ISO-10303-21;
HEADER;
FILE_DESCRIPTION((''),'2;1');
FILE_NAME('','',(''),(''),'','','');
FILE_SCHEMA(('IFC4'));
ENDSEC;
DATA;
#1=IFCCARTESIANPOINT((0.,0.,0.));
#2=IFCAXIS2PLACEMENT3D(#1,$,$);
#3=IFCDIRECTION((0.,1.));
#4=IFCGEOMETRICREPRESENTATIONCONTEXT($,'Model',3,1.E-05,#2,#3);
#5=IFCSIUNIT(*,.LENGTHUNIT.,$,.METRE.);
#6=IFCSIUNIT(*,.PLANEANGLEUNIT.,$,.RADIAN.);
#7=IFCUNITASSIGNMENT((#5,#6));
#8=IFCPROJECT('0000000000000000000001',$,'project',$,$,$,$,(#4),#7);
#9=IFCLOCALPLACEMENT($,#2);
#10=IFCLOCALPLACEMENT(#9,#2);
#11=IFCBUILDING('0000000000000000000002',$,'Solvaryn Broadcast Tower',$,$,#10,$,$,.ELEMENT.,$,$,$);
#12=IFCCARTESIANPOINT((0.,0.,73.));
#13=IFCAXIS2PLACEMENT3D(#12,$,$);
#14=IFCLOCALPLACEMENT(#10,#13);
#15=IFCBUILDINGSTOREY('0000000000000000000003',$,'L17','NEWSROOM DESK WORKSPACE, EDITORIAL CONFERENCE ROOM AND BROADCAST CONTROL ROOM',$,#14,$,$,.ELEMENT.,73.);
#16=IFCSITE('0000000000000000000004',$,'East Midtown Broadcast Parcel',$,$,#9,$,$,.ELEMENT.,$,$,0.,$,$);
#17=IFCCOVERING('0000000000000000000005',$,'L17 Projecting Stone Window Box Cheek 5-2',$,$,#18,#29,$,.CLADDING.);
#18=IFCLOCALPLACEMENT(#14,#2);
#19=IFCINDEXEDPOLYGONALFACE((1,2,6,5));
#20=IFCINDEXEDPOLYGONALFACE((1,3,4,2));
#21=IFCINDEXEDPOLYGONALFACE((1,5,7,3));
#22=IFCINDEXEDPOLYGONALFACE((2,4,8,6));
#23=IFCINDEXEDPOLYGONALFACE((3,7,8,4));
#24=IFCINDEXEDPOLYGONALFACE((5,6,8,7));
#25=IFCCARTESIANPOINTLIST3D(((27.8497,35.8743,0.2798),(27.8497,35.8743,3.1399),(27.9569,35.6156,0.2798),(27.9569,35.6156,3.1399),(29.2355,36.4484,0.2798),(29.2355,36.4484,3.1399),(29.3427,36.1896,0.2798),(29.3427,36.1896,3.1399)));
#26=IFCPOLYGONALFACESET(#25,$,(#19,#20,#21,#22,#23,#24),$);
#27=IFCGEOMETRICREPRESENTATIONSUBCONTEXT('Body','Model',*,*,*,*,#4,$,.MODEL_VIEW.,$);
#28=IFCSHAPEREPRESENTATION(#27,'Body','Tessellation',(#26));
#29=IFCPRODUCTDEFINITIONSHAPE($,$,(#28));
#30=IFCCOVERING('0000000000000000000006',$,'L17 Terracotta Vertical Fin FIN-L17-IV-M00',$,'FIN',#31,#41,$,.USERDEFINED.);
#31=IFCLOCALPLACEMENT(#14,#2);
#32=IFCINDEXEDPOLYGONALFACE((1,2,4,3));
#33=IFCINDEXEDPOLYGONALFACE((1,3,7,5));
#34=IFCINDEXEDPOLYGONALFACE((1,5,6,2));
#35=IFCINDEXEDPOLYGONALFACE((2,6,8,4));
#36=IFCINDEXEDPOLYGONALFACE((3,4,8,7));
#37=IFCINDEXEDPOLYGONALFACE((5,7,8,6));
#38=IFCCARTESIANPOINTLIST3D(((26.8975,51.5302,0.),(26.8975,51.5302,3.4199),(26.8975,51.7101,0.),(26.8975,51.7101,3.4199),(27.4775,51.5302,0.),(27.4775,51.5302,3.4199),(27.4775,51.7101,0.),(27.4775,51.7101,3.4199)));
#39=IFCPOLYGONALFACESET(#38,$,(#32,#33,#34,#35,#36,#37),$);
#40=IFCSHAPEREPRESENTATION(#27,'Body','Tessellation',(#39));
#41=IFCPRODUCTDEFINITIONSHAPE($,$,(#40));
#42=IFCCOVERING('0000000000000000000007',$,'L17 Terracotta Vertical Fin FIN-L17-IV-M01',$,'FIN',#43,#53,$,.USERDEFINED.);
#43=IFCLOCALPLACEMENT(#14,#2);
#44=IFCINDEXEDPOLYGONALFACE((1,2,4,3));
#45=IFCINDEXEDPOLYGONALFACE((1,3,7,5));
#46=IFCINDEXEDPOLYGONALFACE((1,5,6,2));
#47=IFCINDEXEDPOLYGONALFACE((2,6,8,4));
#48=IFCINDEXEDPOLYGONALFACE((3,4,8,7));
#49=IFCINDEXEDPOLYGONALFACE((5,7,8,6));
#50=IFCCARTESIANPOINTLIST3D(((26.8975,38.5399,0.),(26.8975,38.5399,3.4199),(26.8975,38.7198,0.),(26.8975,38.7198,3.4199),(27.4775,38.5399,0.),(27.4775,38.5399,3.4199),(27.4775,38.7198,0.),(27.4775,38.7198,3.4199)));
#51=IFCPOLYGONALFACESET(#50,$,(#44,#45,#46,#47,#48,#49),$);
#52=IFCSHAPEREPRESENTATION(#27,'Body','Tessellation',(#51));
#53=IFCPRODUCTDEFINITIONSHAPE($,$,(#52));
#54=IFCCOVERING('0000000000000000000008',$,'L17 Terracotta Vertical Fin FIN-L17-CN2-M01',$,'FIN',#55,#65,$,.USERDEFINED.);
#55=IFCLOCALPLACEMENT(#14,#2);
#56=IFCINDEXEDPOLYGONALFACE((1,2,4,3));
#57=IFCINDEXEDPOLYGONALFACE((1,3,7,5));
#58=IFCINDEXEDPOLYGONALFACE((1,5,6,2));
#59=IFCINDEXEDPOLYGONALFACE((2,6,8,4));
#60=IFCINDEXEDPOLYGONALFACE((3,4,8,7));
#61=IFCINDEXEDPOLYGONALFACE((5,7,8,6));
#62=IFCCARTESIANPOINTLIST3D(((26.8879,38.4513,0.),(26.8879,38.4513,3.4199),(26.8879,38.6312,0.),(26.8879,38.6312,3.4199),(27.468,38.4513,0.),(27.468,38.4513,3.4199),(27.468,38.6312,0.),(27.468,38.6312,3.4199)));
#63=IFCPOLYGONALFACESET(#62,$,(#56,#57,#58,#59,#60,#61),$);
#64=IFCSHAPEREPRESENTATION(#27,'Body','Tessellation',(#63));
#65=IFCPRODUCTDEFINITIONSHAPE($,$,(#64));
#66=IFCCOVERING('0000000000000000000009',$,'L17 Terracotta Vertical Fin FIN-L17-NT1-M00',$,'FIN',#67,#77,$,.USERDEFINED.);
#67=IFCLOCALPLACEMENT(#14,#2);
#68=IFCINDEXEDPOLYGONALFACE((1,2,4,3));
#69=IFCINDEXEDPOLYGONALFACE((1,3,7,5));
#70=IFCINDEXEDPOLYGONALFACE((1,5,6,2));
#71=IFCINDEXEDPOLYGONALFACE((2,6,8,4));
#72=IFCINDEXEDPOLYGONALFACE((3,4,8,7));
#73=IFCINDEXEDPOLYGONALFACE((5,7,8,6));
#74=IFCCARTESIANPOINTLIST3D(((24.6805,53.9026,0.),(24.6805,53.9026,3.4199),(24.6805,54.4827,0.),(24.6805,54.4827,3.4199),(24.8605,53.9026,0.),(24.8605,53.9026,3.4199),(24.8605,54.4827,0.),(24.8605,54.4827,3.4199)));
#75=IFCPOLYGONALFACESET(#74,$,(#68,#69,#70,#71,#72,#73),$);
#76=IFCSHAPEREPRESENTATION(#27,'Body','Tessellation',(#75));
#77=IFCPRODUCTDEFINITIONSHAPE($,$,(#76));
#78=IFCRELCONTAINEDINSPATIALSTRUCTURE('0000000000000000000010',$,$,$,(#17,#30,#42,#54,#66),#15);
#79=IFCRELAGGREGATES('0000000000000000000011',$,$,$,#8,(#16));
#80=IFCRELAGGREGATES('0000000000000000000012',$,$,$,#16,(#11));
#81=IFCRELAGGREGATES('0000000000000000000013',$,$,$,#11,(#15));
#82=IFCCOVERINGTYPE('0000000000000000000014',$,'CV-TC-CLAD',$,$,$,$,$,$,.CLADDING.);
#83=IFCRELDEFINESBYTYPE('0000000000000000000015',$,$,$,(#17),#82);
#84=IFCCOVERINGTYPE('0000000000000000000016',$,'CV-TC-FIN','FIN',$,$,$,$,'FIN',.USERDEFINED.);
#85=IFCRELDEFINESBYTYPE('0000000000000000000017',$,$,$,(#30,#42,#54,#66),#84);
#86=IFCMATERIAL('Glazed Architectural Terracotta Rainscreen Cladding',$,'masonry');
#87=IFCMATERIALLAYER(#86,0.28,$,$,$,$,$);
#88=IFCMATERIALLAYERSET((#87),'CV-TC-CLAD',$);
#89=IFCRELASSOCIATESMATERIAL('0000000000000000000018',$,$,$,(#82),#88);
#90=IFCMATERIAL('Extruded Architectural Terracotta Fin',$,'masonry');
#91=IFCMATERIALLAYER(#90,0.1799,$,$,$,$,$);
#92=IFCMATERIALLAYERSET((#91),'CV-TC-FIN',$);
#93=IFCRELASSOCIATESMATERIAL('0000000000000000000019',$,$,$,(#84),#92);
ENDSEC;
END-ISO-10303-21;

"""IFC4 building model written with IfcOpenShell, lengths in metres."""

from ifc_helpers import new_model, si_unit, direction, frame, origin, origin_2d, place, context, subcontext, project, spatial, rectangle, extrude, material, layer, layer_set, type_object, element, save


model = new_model("IFC4")

# Units and contexts
model_context = context("Model", 3, precision=1e-05, world=origin(), true_north=direction((0.0, 1.0)))
body_context = subcontext(model_context, "Body", "Model", "MODEL_VIEW")
ifc_project = project(units=[si_unit("LENGTHUNIT", "METRE"), si_unit("PLANEANGLEUNIT", "RADIAN")], contexts=[model_context])

# Site, building, storey
site_placement = place(None, origin())
site = spatial("IfcSite", under=ifc_project, at=site_placement, Name="East Midtown Broadcast Parcel", CompositionType="ELEMENT", RefElevation=0.0)
building_placement = place(site_placement, origin())
building = spatial("IfcBuilding", under=site, at=building_placement, Name="Solvaryn Broadcast Tower", CompositionType="ELEMENT")
storey_placement = place(building_placement, frame((0.0, 0.0, 73.0)))
storey = spatial("IfcBuildingStorey", under=building, at=storey_placement, Name="L17", Description="NEWSROOM DESK WORKSPACE, EDITORIAL CONFERENCE ROOM AND BROADCAST CONTROL ROOM", CompositionType="ELEMENT", Elevation=73.0)

# Coverings
ifc_material_1 = material(Name="Glazed Architectural Terracotta Rainscreen Cladding", Category="masonry")
ifc_layer_1 = layer(ifc_material_1, 0.28)
ifc_layer_set_1 = layer_set([ifc_layer_1], Name="CV-TC-CLAD")
covering_type_1 = type_object("IfcCoveringType", Name="CV-TC-CLAD", PredefinedType="CLADDING", material=ifc_layer_set_1)
covering_1_placement = place(storey_placement, frame((28.5962, 36.032, 0.2798), z_axis=(0.0, 0.0, 1.0), x_axis=(-0.382683, 0.92388, 0.0)))
element("IfcCovering", 1, at=covering_1_placement, inside=storey, type_object=covering_type_1, Name="L17 Projecting Stone Window Box Cheek 5-2", PredefinedType="CLADDING", context=body_context, shape_type="SweptSolid", body=[
    extrude(rectangle(XDim=0.28, YDim=1.5, at=origin_2d()), origin(), (0.0, 0.0, 1.0), 2.8601),
])
ifc_material_2 = material(Name="Extruded Architectural Terracotta Fin", Category="masonry")
ifc_layer_2 = layer(ifc_material_2, 0.1799)
ifc_layer_set_2 = layer_set([ifc_layer_2], Name="CV-TC-FIN")
covering_type_2 = type_object("IfcCoveringType", Name="CV-TC-FIN", Description="FIN", ElementType="FIN", PredefinedType="USERDEFINED", material=ifc_layer_set_2)
for number, where, z_axis, x_axis, name in (
    (2, (27.1875, 51.6201, 0.0), (0.0, 0.0, 1.0), (1.0, 0.0, 0.0), "L17 Terracotta Vertical Fin FIN-L17-IV-M00"),
    (3, (27.1875, 38.6299, 0.0), (0.0, 0.0, 1.0), (1.0, 0.0, 0.0), "L17 Terracotta Vertical Fin FIN-L17-IV-M01"),
    (4, (27.178, 38.5413, 0.0), (0.0, 0.0, 1.0), (1.0, 0.0, 0.0), "L17 Terracotta Vertical Fin FIN-L17-CN2-M01"),
):
    element("IfcCovering", number, at=place(storey_placement, frame(where, z_axis=z_axis, x_axis=x_axis)), inside=storey, type_object=covering_type_2, Name=name, ObjectType="FIN", PredefinedType="USERDEFINED", context=body_context, shape_type="SweptSolid", body=[
        extrude(rectangle(XDim=0.5801, YDim=0.1799, at=origin_2d()), origin(), (0.0, 0.0, 1.0), 3.4199),
    ])
covering_2_placement = place(storey_placement, frame((24.7705, 54.1926, 0.0), z_axis=(0.0, 0.0, 1.0), x_axis=(1.0, 0.0, 0.0)))
element("IfcCovering", 5, at=covering_2_placement, inside=storey, type_object=covering_type_2, Name="L17 Terracotta Vertical Fin FIN-L17-NT1-M00", ObjectType="FIN", PredefinedType="USERDEFINED", context=body_context, shape_type="SweptSolid", body=[
    extrude(rectangle(XDim=0.1799, YDim=0.5801, at=origin_2d()), origin(), (0.0, 0.0, 1.0), 3.4199),
])

save(model, "model.ifc")
